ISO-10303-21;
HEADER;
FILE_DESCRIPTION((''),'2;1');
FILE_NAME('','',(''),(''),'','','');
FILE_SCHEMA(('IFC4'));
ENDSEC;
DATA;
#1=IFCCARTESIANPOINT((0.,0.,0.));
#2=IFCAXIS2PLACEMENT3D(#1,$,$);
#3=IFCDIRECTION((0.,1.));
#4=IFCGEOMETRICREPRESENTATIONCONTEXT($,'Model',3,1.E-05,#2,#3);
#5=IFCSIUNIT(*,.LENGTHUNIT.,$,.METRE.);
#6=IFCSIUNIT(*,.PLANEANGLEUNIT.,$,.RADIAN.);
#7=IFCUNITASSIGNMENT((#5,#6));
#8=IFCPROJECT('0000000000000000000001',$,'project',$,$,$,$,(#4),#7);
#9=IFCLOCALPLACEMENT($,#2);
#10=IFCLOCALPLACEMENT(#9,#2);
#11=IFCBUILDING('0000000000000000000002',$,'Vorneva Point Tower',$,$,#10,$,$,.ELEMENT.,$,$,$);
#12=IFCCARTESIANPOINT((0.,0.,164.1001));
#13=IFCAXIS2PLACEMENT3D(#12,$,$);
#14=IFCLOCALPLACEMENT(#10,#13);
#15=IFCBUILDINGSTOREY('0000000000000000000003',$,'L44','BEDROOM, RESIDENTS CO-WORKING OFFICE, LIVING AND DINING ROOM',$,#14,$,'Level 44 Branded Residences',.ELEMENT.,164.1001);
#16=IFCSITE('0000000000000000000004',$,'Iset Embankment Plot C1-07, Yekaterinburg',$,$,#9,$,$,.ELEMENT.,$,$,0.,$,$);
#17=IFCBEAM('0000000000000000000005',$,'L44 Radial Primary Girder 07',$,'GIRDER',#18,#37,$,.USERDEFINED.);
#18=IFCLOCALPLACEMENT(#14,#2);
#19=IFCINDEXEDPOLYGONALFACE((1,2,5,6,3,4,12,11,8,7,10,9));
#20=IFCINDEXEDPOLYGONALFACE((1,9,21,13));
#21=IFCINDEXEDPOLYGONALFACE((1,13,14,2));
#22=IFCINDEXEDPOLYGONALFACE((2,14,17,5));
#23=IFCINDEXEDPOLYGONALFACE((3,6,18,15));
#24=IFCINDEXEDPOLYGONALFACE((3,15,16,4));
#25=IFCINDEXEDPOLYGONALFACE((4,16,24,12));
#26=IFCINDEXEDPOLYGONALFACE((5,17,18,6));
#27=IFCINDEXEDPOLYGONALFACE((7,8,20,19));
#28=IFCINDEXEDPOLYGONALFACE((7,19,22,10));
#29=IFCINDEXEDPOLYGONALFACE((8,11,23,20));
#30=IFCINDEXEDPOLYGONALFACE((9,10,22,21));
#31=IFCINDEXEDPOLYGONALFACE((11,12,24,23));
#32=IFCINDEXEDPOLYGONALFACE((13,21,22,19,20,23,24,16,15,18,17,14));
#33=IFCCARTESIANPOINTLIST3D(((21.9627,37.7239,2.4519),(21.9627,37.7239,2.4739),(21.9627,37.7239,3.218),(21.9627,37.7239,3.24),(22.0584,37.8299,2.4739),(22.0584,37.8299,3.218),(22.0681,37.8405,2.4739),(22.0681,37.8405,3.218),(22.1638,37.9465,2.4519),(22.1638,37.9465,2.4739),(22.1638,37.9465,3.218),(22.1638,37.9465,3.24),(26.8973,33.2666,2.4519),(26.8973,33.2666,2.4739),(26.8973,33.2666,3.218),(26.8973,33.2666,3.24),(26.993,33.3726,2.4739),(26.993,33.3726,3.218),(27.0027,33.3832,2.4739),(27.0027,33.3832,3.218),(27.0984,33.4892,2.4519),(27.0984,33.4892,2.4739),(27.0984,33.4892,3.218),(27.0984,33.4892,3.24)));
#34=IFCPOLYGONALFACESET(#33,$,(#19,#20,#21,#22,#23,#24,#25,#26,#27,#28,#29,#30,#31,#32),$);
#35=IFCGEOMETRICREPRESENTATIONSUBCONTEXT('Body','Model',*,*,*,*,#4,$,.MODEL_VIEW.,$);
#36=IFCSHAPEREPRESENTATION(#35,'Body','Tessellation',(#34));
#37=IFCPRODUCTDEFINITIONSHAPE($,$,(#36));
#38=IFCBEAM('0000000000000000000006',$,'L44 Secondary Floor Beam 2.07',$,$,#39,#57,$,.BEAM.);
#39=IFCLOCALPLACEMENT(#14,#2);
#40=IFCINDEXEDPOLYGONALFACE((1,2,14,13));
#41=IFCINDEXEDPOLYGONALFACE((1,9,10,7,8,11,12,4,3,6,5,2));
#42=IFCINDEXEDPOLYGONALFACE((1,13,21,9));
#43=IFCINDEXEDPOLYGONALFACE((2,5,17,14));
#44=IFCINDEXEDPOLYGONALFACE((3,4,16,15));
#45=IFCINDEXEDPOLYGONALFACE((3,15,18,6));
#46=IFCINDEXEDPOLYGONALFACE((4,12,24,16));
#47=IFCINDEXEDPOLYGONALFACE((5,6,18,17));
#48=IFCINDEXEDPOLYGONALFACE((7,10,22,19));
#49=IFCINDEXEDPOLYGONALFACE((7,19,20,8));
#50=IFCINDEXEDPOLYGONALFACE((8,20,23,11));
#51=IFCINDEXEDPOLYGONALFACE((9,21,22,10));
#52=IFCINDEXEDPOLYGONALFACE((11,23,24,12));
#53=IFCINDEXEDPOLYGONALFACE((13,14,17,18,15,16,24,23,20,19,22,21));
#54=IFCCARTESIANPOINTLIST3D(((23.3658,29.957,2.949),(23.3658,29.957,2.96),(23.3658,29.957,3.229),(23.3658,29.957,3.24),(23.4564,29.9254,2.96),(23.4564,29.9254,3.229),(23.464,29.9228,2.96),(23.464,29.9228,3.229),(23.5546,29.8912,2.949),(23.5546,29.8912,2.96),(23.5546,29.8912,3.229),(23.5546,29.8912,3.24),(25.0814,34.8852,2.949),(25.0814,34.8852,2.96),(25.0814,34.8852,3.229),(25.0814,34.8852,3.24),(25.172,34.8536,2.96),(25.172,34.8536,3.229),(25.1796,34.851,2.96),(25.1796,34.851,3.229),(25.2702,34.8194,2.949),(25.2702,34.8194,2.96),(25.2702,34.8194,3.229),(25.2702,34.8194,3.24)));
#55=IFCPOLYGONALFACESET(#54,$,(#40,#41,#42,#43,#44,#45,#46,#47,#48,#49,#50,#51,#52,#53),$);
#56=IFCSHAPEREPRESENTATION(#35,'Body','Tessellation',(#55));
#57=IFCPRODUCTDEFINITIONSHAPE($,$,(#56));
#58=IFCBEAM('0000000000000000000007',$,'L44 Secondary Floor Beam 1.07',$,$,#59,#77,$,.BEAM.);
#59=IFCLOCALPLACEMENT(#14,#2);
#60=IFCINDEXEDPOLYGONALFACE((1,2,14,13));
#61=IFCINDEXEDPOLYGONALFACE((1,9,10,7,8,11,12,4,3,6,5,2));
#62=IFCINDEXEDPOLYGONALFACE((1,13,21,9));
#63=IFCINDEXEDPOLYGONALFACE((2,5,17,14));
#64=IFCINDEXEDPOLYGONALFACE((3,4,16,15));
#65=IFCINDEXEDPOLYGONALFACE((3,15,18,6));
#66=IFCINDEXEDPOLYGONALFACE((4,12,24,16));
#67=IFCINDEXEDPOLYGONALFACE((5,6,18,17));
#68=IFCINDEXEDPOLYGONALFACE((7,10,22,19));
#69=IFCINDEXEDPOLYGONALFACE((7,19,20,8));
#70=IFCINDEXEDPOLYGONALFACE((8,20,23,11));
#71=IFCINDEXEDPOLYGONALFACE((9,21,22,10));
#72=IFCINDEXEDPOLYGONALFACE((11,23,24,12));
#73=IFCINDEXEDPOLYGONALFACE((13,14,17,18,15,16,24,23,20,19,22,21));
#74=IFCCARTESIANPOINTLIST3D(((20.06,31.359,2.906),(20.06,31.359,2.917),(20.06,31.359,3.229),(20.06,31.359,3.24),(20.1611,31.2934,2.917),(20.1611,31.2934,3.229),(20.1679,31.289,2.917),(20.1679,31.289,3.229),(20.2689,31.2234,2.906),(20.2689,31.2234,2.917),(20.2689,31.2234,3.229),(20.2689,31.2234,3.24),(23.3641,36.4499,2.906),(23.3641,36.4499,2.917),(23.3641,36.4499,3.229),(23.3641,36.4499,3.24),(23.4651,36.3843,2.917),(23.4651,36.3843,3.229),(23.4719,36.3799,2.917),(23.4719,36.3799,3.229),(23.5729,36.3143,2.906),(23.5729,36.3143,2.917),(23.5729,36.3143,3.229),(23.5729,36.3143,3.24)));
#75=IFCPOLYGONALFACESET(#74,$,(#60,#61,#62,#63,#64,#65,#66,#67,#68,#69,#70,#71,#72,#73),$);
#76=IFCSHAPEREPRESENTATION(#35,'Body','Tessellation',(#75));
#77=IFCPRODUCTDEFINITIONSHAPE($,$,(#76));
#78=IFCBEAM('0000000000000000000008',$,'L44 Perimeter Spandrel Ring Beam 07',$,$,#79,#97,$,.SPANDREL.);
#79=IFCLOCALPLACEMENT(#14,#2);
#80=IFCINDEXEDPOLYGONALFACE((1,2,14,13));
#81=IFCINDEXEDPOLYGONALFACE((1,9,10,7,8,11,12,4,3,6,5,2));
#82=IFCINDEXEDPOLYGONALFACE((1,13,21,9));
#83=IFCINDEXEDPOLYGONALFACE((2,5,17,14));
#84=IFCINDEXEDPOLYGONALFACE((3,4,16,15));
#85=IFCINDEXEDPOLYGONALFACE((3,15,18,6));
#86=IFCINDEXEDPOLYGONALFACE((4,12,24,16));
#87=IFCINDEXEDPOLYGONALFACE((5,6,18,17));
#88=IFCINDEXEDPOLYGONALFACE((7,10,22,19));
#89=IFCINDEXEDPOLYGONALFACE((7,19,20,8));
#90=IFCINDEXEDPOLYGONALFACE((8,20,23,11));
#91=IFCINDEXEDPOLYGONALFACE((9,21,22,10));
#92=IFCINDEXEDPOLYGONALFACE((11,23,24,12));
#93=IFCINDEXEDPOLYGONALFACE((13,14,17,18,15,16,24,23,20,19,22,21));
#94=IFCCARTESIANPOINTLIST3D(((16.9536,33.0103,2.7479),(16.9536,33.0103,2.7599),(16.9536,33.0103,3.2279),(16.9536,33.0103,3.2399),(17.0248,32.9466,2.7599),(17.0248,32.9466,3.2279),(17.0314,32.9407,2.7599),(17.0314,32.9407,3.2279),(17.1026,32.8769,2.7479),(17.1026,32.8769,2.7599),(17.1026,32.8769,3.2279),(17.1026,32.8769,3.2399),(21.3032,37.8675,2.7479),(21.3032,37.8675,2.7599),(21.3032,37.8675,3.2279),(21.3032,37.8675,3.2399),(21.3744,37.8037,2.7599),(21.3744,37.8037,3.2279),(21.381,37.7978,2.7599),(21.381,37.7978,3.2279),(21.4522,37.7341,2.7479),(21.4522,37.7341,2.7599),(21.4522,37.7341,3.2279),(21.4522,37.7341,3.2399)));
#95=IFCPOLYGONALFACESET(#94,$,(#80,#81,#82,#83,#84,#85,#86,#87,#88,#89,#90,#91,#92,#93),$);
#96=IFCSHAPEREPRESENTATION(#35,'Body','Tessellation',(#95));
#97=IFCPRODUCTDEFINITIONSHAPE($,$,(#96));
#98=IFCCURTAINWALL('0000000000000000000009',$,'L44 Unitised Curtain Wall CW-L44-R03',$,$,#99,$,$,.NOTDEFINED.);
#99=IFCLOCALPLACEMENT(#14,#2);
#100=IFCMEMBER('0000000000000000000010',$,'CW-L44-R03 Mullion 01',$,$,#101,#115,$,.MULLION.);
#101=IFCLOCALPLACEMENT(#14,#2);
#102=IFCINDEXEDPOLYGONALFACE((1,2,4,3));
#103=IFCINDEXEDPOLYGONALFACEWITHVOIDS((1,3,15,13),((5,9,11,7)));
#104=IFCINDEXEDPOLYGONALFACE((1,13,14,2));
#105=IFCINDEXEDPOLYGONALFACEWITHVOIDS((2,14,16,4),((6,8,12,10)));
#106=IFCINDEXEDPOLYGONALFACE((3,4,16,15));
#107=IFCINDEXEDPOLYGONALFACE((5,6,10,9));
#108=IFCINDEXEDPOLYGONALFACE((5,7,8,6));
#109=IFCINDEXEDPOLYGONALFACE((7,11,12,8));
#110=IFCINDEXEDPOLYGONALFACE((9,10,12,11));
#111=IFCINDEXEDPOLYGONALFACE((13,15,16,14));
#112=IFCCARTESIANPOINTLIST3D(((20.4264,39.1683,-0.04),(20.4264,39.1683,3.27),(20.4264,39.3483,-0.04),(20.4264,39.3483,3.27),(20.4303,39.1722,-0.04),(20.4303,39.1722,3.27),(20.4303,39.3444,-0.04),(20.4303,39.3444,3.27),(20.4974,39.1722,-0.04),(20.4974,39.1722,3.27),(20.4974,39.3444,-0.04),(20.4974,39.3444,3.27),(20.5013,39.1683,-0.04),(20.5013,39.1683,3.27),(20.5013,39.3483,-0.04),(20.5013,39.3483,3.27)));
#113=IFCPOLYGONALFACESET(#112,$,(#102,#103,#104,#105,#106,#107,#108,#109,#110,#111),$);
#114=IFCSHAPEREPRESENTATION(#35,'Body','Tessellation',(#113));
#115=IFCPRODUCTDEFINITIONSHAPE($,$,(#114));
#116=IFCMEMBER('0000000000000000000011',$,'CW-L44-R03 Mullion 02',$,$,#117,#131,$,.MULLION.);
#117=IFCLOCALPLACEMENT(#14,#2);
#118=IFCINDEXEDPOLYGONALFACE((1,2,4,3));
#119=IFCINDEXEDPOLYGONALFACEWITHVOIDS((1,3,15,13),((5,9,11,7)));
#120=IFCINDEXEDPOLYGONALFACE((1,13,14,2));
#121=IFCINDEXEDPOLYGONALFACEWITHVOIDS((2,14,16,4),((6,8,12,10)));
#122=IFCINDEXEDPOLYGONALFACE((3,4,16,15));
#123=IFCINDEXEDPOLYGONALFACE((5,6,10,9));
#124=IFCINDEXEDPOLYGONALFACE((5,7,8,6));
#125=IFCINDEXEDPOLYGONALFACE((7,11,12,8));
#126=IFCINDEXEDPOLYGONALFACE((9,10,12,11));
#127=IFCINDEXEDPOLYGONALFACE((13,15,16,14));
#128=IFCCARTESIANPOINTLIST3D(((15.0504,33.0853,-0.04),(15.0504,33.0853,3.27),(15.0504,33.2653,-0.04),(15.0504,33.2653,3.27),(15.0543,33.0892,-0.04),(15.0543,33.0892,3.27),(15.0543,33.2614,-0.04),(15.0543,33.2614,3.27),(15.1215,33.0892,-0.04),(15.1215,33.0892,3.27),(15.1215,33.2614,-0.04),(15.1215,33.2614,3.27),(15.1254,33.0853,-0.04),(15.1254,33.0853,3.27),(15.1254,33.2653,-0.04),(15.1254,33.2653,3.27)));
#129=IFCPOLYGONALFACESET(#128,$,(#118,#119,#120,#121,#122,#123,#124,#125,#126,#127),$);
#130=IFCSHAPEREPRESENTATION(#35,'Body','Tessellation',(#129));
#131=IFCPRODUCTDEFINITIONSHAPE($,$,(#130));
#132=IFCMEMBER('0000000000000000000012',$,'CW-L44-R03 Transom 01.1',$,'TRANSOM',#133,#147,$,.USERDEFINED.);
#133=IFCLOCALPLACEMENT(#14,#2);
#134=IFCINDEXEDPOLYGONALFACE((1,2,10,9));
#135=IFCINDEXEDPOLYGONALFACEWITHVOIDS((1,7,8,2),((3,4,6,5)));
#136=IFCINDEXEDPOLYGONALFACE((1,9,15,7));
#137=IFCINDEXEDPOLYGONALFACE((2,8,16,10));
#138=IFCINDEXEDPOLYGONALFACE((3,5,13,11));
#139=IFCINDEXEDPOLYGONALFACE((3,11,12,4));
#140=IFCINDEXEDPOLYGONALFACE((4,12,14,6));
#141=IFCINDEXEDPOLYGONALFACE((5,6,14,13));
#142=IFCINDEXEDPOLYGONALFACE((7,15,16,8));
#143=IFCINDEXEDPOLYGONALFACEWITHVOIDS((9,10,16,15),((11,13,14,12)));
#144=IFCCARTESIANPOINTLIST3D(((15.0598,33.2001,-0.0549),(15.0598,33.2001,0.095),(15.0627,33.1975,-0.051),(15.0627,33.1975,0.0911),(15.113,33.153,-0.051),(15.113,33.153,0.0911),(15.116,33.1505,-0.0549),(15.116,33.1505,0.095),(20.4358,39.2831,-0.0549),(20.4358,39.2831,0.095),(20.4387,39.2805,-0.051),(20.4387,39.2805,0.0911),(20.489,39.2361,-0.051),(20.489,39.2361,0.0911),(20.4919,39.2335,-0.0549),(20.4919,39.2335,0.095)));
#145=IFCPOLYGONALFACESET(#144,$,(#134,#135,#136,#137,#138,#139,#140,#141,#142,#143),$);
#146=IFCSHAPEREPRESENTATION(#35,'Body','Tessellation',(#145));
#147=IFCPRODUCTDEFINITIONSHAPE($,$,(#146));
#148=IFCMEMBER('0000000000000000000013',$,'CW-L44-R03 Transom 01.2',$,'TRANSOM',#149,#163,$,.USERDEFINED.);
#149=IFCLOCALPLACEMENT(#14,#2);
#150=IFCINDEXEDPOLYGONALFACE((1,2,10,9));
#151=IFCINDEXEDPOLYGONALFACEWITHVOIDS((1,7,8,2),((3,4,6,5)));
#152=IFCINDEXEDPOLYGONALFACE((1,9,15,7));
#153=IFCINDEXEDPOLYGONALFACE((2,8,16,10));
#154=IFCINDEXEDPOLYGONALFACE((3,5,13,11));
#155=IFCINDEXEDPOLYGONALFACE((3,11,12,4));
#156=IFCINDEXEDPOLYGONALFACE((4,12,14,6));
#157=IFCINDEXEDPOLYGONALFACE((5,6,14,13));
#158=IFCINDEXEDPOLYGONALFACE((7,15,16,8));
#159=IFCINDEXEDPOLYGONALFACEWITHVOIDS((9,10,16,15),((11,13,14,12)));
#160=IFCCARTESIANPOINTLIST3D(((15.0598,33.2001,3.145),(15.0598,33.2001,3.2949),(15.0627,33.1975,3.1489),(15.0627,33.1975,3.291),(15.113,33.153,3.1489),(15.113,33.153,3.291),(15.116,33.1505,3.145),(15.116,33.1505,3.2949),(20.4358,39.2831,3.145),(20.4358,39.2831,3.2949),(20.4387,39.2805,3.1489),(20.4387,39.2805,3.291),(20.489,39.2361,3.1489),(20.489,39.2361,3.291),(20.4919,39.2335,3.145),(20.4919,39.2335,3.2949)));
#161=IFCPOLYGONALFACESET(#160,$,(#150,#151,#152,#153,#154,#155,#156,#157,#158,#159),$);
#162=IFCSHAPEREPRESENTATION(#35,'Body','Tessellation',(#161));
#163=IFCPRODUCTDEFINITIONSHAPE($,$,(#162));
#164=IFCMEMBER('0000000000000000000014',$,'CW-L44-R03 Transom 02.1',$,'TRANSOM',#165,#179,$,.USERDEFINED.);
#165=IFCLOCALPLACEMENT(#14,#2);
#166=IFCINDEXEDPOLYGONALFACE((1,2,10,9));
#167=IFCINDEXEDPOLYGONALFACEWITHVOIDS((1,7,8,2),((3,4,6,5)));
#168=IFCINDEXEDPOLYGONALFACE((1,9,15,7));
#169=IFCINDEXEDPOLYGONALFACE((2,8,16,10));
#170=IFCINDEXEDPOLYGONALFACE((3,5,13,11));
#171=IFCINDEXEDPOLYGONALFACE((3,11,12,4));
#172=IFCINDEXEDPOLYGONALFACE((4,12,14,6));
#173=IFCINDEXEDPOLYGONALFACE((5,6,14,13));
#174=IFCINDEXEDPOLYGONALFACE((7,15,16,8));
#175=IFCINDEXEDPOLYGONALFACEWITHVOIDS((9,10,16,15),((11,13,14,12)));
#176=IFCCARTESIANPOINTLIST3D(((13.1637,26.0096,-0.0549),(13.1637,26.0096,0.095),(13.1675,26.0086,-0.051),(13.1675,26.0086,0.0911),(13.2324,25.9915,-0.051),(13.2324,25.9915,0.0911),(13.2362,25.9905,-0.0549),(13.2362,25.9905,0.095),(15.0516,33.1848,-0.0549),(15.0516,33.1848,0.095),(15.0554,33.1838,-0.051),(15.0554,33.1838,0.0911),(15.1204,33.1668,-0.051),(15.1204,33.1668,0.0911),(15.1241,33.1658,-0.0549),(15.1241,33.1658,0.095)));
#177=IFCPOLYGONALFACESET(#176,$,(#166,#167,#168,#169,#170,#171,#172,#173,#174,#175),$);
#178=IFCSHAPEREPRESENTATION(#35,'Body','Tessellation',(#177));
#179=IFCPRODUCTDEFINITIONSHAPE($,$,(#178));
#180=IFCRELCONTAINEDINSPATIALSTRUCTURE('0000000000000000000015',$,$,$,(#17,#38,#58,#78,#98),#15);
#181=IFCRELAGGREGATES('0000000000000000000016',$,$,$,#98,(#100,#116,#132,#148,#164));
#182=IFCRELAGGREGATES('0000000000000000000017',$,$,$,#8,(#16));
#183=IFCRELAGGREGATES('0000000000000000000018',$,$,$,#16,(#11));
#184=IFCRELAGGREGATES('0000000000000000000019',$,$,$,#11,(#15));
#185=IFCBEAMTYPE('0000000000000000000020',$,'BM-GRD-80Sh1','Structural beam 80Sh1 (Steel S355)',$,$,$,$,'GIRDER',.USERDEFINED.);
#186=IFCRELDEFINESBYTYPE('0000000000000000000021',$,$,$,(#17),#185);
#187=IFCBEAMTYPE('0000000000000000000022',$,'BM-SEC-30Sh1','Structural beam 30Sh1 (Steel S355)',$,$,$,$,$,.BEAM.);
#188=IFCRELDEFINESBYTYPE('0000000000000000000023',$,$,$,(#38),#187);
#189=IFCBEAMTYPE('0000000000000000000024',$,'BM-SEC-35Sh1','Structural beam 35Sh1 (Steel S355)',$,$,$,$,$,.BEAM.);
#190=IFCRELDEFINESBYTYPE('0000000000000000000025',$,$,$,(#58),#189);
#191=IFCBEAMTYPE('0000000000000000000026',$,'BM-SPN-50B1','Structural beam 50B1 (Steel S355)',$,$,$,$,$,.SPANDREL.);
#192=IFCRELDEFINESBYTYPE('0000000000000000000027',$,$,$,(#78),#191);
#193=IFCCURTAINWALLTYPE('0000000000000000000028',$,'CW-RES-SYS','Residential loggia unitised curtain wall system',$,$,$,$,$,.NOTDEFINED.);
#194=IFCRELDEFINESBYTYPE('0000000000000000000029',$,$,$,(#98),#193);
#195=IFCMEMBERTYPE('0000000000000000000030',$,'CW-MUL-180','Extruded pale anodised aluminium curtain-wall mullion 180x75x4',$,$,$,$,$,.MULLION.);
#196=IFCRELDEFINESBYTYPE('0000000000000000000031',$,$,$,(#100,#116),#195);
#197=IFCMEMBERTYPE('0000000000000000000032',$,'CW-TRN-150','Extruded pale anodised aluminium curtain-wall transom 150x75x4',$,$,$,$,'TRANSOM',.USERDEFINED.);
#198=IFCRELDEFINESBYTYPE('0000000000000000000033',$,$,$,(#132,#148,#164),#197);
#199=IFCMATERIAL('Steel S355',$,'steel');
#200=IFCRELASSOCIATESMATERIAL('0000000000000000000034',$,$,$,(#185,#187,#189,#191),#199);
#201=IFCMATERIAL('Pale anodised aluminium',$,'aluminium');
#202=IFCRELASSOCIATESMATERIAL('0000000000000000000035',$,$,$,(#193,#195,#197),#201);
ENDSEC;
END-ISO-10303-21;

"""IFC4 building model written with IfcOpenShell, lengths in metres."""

from ifc_helpers import new_model, si_unit, direction, frame, origin, origin_2d, place, context, subcontext, project, spatial, hollow_rectangle, i_section, extrude, material, material_profile, profile_set, type_object, element, aggregate, save


model = new_model("IFC4")

# Units and contexts
model_context = context("Model", 3, precision=1e-05, world=origin(), true_north=direction((0.0, 1.0)))
body_context = subcontext(model_context, "Body", "Model", "MODEL_VIEW")
ifc_project = project(units=[si_unit("LENGTHUNIT", "METRE"), si_unit("PLANEANGLEUNIT", "RADIAN")], contexts=[model_context])

# Site, building, storey
site_placement = place(None, origin())
site = spatial("IfcSite", under=ifc_project, at=site_placement, Name="Iset Embankment Plot C1-07, Yekaterinburg", CompositionType="ELEMENT", RefElevation=0.0)
building_placement = place(site_placement, origin())
building = spatial("IfcBuilding", under=site, at=building_placement, Name="Vorneva Point Tower", CompositionType="ELEMENT")
storey_placement = place(building_placement, frame((0.0, 0.0, 164.1001)))
storey = spatial("IfcBuildingStorey", under=building, at=storey_placement, Name="L44", Description="BEDROOM, RESIDENTS CO-WORKING OFFICE, LIVING AND DINING ROOM", LongName="Level 44 Branded Residences", CompositionType="ELEMENT", Elevation=164.1001)

# Beams
ifc_material_1 = material(Name="Steel S355", Category="steel")
ifc_material_profile_1 = material_profile(ifc_material_1, i_section(OverallWidth=0.3, OverallDepth=0.7881, WebThickness=0.0144, FlangeThickness=0.022, at=origin_2d()), Name="80Sh1")
ifc_profile_set_1 = profile_set([ifc_material_profile_1], Name="Steel S355")
beam_type_1 = type_object("IfcBeamType", Name="BM-GRD-80Sh1", Description="Structural beam 80Sh1 (Steel S355)", ElementType="GIRDER", PredefinedType="USERDEFINED", material=ifc_profile_set_1)
beam_1_placement = place(storey_placement, frame((22.0632, 37.8352, 2.8459), z_axis=(0.742084, -0.670306, 0.0), x_axis=(0.670306, 0.742084, 0.0)))
element("IfcBeam", 1, at=beam_1_placement, inside=storey, type_object=beam_type_1, Name="L44 Radial Primary Girder 07", ObjectType="GIRDER", PredefinedType="USERDEFINED", context=body_context, shape_type="SweptSolid", body=[
    extrude(i_section(OverallWidth=0.3, OverallDepth=0.7881, WebThickness=0.0144, FlangeThickness=0.022, at=origin_2d()), origin(), (0.0, 0.0, 1.0), 6.6497),
])
ifc_material_profile_2 = material_profile(ifc_material_1, i_section(OverallWidth=0.2, OverallDepth=0.291, WebThickness=0.0081, FlangeThickness=0.011, at=origin_2d()), Name="30Sh1")
ifc_profile_set_2 = profile_set([ifc_material_profile_2], Name="Steel S355")
beam_type_2 = type_object("IfcBeamType", Name="BM-SEC-30Sh1", Description="Structural beam 30Sh1 (Steel S355)", PredefinedType="BEAM", material=ifc_profile_set_2)
beam_2_placement = place(storey_placement, frame((25.1758, 34.8523, 3.0945), z_axis=(-0.328762, -0.944413, 0.0), x_axis=(0.944413, -0.328762, 0.0)))
element("IfcBeam", 2, at=beam_2_placement, inside=storey, type_object=beam_type_2, Name="L44 Secondary Floor Beam 2.07", PredefinedType="BEAM", context=body_context, shape_type="SweptSolid", body=[
    extrude(i_section(OverallWidth=0.2, OverallDepth=0.291, WebThickness=0.0081, FlangeThickness=0.011, at=origin_2d()), origin(), (0.0, 0.0, 1.0), 5.2183),
])
ifc_material_profile_3 = material_profile(ifc_material_1, i_section(OverallWidth=0.249, OverallDepth=0.334, WebThickness=0.0081, FlangeThickness=0.011, at=origin_2d()), Name="35Sh1")
ifc_profile_set_3 = profile_set([ifc_material_profile_3], Name="Steel S355")
beam_type_3 = type_object("IfcBeamType", Name="BM-SEC-35Sh1", Description="Structural beam 35Sh1 (Steel S355)", PredefinedType="BEAM", material=ifc_profile_set_3)
beam_3_placement = place(storey_placement, frame((23.4685, 36.3821, 3.073), z_axis=(-0.5444, -0.838826, 0.0), x_axis=(0.838826, -0.5444, 0.0)))
element("IfcBeam", 3, at=beam_3_placement, inside=storey, type_object=beam_type_3, Name="L44 Secondary Floor Beam 1.07", PredefinedType="BEAM", context=body_context, shape_type="SweptSolid", body=[
    extrude(i_section(OverallWidth=0.249, OverallDepth=0.334, WebThickness=0.0081, FlangeThickness=0.011, at=origin_2d()), origin(), (0.0, 0.0, 1.0), 6.0691),
])
ifc_material_profile_4 = material_profile(ifc_material_1, i_section(OverallWidth=0.2, OverallDepth=0.4919, WebThickness=0.0088, FlangeThickness=0.012, at=origin_2d()), Name="50B1")
ifc_profile_set_4 = profile_set([ifc_material_profile_4], Name="Steel S355")
beam_type_4 = type_object("IfcBeamType", Name="BM-SPN-50B1", Description="Structural beam 50B1 (Steel S355)", PredefinedType="SPANDREL", material=ifc_profile_set_4)
beam_4_placement = place(storey_placement, frame((21.3777, 37.8008, 2.9939), z_axis=(-0.667111, -0.744958, 0.0), x_axis=(0.744958, -0.667111, 0.0)))
element("IfcBeam", 4, at=beam_4_placement, inside=storey, type_object=beam_type_4, Name="L44 Perimeter Spandrel Ring Beam 07", PredefinedType="SPANDREL", context=body_context, shape_type="SweptSolid", body=[
    extrude(i_section(OverallWidth=0.2, OverallDepth=0.4919, WebThickness=0.0088, FlangeThickness=0.012, at=origin_2d()), origin(), (0.0, 0.0, 1.0), 6.52),
])

# Curtain wall, members
ifc_material_2 = material(Name="Pale anodised aluminium", Category="aluminium")
curtain_wall_type = type_object("IfcCurtainWallType", Name="CW-RES-SYS", Description="Residential loggia unitised curtain wall system", PredefinedType="NOTDEFINED", material=ifc_material_2)
curtain_wall_placement = place(storey_placement, origin())
curtain_wall = element("IfcCurtainWall", 5, at=curtain_wall_placement, inside=storey, type_object=curtain_wall_type, Name="L44 Unitised Curtain Wall CW-L44-R03", PredefinedType="NOTDEFINED")
ifc_material_profile_5 = material_profile(ifc_material_2, hollow_rectangle(XDim=0.075, YDim=0.1799, WallThickness=0.0039, at=origin_2d()), Name="AL-MUL 180x75x4")
ifc_profile_set_5 = profile_set([ifc_material_profile_5], Name="Pale anodised aluminium")
member_type_1 = type_object("IfcMemberType", Name="CW-MUL-180", Description="Extruded pale anodised aluminium curtain-wall mullion 180x75x4", PredefinedType="MULLION", material=ifc_profile_set_5)
member_1_placement = place(storey_placement, frame((20.4639, 39.2583, -0.04), z_axis=(0.0, 0.0, 1.0), x_axis=(1.0, 0.0, 0.0)))
member_1 = element("IfcMember", 6, at=member_1_placement, type_object=member_type_1, Name="CW-L44-R03 Mullion 01", PredefinedType="MULLION", context=body_context, shape_type="SweptSolid", body=[
    extrude(hollow_rectangle(XDim=0.075, YDim=0.1799, WallThickness=0.0039, at=origin_2d()), origin(), (0.0, 0.0, 1.0), 3.3101),
])
member_2_placement = place(storey_placement, frame((15.0879, 33.1753, -0.04), z_axis=(0.0, 0.0, 1.0), x_axis=(1.0, 0.0, 0.0)))
member_2 = element("IfcMember", 7, at=member_2_placement, type_object=member_type_1, Name="CW-L44-R03 Mullion 02", PredefinedType="MULLION", context=body_context, shape_type="SweptSolid", body=[
    extrude(hollow_rectangle(XDim=0.075, YDim=0.1799, WallThickness=0.0039, at=origin_2d()), origin(), (0.0, 0.0, 1.0), 3.3101),
])
ifc_material_profile_6 = material_profile(ifc_material_2, hollow_rectangle(XDim=0.075, YDim=0.1499, WallThickness=0.0039, at=origin_2d()), Name="AL-TRN 150x75x4")
ifc_profile_set_6 = profile_set([ifc_material_profile_6], Name="Pale anodised aluminium")
member_type_2 = type_object("IfcMemberType", Name="CW-TRN-150", Description="Extruded pale anodised aluminium curtain-wall transom 150x75x4", ElementType="TRANSOM", PredefinedType="USERDEFINED", material=ifc_profile_set_6)
member_3_placement = place(storey_placement, frame((20.4639, 39.2583, 0.02), z_axis=(-0.662218, -0.749311, 0.0), x_axis=(0.749311, -0.662218, 0.0)))
member_3 = element("IfcMember", 8, at=member_3_placement, type_object=member_type_2, Name="CW-L44-R03 Transom 01.1", ObjectType="TRANSOM", PredefinedType="USERDEFINED", context=body_context, shape_type="SweptSolid", body=[
    extrude(hollow_rectangle(XDim=0.075, YDim=0.1499, WallThickness=0.0039, at=origin_2d()), origin(), (0.0, 0.0, 1.0), 8.1182),
])
member_4_placement = place(storey_placement, frame((20.4639, 39.2583, 3.22), z_axis=(-0.662218, -0.749311, 0.0), x_axis=(0.749311, -0.662218, 0.0)))
member_4 = element("IfcMember", 9, at=member_4_placement, type_object=member_type_2, Name="CW-L44-R03 Transom 01.2", ObjectType="TRANSOM", PredefinedType="USERDEFINED", context=body_context, shape_type="SweptSolid", body=[
    extrude(hollow_rectangle(XDim=0.075, YDim=0.1499, WallThickness=0.0039, at=origin_2d()), origin(), (0.0, 0.0, 1.0), 8.1182),
])
member_5_placement = place(storey_placement, frame((15.0879, 33.1753, 0.02), z_axis=(-0.254456, -0.967084, 0.0), x_axis=(0.967084, -0.254456, 0.0)))
member_5 = element("IfcMember", 10, at=member_5_placement, type_object=member_type_2, Name="CW-L44-R03 Transom 02.1", ObjectType="TRANSOM", PredefinedType="USERDEFINED", context=body_context, shape_type="SweptSolid", body=[
    extrude(hollow_rectangle(XDim=0.075, YDim=0.1499, WallThickness=0.0039, at=origin_2d()), origin(), (0.0, 0.0, 1.0), 7.4194),
])
aggregate(curtain_wall, [member_1, member_2, member_3, member_4, member_5])

save(model, "model.ifc")
